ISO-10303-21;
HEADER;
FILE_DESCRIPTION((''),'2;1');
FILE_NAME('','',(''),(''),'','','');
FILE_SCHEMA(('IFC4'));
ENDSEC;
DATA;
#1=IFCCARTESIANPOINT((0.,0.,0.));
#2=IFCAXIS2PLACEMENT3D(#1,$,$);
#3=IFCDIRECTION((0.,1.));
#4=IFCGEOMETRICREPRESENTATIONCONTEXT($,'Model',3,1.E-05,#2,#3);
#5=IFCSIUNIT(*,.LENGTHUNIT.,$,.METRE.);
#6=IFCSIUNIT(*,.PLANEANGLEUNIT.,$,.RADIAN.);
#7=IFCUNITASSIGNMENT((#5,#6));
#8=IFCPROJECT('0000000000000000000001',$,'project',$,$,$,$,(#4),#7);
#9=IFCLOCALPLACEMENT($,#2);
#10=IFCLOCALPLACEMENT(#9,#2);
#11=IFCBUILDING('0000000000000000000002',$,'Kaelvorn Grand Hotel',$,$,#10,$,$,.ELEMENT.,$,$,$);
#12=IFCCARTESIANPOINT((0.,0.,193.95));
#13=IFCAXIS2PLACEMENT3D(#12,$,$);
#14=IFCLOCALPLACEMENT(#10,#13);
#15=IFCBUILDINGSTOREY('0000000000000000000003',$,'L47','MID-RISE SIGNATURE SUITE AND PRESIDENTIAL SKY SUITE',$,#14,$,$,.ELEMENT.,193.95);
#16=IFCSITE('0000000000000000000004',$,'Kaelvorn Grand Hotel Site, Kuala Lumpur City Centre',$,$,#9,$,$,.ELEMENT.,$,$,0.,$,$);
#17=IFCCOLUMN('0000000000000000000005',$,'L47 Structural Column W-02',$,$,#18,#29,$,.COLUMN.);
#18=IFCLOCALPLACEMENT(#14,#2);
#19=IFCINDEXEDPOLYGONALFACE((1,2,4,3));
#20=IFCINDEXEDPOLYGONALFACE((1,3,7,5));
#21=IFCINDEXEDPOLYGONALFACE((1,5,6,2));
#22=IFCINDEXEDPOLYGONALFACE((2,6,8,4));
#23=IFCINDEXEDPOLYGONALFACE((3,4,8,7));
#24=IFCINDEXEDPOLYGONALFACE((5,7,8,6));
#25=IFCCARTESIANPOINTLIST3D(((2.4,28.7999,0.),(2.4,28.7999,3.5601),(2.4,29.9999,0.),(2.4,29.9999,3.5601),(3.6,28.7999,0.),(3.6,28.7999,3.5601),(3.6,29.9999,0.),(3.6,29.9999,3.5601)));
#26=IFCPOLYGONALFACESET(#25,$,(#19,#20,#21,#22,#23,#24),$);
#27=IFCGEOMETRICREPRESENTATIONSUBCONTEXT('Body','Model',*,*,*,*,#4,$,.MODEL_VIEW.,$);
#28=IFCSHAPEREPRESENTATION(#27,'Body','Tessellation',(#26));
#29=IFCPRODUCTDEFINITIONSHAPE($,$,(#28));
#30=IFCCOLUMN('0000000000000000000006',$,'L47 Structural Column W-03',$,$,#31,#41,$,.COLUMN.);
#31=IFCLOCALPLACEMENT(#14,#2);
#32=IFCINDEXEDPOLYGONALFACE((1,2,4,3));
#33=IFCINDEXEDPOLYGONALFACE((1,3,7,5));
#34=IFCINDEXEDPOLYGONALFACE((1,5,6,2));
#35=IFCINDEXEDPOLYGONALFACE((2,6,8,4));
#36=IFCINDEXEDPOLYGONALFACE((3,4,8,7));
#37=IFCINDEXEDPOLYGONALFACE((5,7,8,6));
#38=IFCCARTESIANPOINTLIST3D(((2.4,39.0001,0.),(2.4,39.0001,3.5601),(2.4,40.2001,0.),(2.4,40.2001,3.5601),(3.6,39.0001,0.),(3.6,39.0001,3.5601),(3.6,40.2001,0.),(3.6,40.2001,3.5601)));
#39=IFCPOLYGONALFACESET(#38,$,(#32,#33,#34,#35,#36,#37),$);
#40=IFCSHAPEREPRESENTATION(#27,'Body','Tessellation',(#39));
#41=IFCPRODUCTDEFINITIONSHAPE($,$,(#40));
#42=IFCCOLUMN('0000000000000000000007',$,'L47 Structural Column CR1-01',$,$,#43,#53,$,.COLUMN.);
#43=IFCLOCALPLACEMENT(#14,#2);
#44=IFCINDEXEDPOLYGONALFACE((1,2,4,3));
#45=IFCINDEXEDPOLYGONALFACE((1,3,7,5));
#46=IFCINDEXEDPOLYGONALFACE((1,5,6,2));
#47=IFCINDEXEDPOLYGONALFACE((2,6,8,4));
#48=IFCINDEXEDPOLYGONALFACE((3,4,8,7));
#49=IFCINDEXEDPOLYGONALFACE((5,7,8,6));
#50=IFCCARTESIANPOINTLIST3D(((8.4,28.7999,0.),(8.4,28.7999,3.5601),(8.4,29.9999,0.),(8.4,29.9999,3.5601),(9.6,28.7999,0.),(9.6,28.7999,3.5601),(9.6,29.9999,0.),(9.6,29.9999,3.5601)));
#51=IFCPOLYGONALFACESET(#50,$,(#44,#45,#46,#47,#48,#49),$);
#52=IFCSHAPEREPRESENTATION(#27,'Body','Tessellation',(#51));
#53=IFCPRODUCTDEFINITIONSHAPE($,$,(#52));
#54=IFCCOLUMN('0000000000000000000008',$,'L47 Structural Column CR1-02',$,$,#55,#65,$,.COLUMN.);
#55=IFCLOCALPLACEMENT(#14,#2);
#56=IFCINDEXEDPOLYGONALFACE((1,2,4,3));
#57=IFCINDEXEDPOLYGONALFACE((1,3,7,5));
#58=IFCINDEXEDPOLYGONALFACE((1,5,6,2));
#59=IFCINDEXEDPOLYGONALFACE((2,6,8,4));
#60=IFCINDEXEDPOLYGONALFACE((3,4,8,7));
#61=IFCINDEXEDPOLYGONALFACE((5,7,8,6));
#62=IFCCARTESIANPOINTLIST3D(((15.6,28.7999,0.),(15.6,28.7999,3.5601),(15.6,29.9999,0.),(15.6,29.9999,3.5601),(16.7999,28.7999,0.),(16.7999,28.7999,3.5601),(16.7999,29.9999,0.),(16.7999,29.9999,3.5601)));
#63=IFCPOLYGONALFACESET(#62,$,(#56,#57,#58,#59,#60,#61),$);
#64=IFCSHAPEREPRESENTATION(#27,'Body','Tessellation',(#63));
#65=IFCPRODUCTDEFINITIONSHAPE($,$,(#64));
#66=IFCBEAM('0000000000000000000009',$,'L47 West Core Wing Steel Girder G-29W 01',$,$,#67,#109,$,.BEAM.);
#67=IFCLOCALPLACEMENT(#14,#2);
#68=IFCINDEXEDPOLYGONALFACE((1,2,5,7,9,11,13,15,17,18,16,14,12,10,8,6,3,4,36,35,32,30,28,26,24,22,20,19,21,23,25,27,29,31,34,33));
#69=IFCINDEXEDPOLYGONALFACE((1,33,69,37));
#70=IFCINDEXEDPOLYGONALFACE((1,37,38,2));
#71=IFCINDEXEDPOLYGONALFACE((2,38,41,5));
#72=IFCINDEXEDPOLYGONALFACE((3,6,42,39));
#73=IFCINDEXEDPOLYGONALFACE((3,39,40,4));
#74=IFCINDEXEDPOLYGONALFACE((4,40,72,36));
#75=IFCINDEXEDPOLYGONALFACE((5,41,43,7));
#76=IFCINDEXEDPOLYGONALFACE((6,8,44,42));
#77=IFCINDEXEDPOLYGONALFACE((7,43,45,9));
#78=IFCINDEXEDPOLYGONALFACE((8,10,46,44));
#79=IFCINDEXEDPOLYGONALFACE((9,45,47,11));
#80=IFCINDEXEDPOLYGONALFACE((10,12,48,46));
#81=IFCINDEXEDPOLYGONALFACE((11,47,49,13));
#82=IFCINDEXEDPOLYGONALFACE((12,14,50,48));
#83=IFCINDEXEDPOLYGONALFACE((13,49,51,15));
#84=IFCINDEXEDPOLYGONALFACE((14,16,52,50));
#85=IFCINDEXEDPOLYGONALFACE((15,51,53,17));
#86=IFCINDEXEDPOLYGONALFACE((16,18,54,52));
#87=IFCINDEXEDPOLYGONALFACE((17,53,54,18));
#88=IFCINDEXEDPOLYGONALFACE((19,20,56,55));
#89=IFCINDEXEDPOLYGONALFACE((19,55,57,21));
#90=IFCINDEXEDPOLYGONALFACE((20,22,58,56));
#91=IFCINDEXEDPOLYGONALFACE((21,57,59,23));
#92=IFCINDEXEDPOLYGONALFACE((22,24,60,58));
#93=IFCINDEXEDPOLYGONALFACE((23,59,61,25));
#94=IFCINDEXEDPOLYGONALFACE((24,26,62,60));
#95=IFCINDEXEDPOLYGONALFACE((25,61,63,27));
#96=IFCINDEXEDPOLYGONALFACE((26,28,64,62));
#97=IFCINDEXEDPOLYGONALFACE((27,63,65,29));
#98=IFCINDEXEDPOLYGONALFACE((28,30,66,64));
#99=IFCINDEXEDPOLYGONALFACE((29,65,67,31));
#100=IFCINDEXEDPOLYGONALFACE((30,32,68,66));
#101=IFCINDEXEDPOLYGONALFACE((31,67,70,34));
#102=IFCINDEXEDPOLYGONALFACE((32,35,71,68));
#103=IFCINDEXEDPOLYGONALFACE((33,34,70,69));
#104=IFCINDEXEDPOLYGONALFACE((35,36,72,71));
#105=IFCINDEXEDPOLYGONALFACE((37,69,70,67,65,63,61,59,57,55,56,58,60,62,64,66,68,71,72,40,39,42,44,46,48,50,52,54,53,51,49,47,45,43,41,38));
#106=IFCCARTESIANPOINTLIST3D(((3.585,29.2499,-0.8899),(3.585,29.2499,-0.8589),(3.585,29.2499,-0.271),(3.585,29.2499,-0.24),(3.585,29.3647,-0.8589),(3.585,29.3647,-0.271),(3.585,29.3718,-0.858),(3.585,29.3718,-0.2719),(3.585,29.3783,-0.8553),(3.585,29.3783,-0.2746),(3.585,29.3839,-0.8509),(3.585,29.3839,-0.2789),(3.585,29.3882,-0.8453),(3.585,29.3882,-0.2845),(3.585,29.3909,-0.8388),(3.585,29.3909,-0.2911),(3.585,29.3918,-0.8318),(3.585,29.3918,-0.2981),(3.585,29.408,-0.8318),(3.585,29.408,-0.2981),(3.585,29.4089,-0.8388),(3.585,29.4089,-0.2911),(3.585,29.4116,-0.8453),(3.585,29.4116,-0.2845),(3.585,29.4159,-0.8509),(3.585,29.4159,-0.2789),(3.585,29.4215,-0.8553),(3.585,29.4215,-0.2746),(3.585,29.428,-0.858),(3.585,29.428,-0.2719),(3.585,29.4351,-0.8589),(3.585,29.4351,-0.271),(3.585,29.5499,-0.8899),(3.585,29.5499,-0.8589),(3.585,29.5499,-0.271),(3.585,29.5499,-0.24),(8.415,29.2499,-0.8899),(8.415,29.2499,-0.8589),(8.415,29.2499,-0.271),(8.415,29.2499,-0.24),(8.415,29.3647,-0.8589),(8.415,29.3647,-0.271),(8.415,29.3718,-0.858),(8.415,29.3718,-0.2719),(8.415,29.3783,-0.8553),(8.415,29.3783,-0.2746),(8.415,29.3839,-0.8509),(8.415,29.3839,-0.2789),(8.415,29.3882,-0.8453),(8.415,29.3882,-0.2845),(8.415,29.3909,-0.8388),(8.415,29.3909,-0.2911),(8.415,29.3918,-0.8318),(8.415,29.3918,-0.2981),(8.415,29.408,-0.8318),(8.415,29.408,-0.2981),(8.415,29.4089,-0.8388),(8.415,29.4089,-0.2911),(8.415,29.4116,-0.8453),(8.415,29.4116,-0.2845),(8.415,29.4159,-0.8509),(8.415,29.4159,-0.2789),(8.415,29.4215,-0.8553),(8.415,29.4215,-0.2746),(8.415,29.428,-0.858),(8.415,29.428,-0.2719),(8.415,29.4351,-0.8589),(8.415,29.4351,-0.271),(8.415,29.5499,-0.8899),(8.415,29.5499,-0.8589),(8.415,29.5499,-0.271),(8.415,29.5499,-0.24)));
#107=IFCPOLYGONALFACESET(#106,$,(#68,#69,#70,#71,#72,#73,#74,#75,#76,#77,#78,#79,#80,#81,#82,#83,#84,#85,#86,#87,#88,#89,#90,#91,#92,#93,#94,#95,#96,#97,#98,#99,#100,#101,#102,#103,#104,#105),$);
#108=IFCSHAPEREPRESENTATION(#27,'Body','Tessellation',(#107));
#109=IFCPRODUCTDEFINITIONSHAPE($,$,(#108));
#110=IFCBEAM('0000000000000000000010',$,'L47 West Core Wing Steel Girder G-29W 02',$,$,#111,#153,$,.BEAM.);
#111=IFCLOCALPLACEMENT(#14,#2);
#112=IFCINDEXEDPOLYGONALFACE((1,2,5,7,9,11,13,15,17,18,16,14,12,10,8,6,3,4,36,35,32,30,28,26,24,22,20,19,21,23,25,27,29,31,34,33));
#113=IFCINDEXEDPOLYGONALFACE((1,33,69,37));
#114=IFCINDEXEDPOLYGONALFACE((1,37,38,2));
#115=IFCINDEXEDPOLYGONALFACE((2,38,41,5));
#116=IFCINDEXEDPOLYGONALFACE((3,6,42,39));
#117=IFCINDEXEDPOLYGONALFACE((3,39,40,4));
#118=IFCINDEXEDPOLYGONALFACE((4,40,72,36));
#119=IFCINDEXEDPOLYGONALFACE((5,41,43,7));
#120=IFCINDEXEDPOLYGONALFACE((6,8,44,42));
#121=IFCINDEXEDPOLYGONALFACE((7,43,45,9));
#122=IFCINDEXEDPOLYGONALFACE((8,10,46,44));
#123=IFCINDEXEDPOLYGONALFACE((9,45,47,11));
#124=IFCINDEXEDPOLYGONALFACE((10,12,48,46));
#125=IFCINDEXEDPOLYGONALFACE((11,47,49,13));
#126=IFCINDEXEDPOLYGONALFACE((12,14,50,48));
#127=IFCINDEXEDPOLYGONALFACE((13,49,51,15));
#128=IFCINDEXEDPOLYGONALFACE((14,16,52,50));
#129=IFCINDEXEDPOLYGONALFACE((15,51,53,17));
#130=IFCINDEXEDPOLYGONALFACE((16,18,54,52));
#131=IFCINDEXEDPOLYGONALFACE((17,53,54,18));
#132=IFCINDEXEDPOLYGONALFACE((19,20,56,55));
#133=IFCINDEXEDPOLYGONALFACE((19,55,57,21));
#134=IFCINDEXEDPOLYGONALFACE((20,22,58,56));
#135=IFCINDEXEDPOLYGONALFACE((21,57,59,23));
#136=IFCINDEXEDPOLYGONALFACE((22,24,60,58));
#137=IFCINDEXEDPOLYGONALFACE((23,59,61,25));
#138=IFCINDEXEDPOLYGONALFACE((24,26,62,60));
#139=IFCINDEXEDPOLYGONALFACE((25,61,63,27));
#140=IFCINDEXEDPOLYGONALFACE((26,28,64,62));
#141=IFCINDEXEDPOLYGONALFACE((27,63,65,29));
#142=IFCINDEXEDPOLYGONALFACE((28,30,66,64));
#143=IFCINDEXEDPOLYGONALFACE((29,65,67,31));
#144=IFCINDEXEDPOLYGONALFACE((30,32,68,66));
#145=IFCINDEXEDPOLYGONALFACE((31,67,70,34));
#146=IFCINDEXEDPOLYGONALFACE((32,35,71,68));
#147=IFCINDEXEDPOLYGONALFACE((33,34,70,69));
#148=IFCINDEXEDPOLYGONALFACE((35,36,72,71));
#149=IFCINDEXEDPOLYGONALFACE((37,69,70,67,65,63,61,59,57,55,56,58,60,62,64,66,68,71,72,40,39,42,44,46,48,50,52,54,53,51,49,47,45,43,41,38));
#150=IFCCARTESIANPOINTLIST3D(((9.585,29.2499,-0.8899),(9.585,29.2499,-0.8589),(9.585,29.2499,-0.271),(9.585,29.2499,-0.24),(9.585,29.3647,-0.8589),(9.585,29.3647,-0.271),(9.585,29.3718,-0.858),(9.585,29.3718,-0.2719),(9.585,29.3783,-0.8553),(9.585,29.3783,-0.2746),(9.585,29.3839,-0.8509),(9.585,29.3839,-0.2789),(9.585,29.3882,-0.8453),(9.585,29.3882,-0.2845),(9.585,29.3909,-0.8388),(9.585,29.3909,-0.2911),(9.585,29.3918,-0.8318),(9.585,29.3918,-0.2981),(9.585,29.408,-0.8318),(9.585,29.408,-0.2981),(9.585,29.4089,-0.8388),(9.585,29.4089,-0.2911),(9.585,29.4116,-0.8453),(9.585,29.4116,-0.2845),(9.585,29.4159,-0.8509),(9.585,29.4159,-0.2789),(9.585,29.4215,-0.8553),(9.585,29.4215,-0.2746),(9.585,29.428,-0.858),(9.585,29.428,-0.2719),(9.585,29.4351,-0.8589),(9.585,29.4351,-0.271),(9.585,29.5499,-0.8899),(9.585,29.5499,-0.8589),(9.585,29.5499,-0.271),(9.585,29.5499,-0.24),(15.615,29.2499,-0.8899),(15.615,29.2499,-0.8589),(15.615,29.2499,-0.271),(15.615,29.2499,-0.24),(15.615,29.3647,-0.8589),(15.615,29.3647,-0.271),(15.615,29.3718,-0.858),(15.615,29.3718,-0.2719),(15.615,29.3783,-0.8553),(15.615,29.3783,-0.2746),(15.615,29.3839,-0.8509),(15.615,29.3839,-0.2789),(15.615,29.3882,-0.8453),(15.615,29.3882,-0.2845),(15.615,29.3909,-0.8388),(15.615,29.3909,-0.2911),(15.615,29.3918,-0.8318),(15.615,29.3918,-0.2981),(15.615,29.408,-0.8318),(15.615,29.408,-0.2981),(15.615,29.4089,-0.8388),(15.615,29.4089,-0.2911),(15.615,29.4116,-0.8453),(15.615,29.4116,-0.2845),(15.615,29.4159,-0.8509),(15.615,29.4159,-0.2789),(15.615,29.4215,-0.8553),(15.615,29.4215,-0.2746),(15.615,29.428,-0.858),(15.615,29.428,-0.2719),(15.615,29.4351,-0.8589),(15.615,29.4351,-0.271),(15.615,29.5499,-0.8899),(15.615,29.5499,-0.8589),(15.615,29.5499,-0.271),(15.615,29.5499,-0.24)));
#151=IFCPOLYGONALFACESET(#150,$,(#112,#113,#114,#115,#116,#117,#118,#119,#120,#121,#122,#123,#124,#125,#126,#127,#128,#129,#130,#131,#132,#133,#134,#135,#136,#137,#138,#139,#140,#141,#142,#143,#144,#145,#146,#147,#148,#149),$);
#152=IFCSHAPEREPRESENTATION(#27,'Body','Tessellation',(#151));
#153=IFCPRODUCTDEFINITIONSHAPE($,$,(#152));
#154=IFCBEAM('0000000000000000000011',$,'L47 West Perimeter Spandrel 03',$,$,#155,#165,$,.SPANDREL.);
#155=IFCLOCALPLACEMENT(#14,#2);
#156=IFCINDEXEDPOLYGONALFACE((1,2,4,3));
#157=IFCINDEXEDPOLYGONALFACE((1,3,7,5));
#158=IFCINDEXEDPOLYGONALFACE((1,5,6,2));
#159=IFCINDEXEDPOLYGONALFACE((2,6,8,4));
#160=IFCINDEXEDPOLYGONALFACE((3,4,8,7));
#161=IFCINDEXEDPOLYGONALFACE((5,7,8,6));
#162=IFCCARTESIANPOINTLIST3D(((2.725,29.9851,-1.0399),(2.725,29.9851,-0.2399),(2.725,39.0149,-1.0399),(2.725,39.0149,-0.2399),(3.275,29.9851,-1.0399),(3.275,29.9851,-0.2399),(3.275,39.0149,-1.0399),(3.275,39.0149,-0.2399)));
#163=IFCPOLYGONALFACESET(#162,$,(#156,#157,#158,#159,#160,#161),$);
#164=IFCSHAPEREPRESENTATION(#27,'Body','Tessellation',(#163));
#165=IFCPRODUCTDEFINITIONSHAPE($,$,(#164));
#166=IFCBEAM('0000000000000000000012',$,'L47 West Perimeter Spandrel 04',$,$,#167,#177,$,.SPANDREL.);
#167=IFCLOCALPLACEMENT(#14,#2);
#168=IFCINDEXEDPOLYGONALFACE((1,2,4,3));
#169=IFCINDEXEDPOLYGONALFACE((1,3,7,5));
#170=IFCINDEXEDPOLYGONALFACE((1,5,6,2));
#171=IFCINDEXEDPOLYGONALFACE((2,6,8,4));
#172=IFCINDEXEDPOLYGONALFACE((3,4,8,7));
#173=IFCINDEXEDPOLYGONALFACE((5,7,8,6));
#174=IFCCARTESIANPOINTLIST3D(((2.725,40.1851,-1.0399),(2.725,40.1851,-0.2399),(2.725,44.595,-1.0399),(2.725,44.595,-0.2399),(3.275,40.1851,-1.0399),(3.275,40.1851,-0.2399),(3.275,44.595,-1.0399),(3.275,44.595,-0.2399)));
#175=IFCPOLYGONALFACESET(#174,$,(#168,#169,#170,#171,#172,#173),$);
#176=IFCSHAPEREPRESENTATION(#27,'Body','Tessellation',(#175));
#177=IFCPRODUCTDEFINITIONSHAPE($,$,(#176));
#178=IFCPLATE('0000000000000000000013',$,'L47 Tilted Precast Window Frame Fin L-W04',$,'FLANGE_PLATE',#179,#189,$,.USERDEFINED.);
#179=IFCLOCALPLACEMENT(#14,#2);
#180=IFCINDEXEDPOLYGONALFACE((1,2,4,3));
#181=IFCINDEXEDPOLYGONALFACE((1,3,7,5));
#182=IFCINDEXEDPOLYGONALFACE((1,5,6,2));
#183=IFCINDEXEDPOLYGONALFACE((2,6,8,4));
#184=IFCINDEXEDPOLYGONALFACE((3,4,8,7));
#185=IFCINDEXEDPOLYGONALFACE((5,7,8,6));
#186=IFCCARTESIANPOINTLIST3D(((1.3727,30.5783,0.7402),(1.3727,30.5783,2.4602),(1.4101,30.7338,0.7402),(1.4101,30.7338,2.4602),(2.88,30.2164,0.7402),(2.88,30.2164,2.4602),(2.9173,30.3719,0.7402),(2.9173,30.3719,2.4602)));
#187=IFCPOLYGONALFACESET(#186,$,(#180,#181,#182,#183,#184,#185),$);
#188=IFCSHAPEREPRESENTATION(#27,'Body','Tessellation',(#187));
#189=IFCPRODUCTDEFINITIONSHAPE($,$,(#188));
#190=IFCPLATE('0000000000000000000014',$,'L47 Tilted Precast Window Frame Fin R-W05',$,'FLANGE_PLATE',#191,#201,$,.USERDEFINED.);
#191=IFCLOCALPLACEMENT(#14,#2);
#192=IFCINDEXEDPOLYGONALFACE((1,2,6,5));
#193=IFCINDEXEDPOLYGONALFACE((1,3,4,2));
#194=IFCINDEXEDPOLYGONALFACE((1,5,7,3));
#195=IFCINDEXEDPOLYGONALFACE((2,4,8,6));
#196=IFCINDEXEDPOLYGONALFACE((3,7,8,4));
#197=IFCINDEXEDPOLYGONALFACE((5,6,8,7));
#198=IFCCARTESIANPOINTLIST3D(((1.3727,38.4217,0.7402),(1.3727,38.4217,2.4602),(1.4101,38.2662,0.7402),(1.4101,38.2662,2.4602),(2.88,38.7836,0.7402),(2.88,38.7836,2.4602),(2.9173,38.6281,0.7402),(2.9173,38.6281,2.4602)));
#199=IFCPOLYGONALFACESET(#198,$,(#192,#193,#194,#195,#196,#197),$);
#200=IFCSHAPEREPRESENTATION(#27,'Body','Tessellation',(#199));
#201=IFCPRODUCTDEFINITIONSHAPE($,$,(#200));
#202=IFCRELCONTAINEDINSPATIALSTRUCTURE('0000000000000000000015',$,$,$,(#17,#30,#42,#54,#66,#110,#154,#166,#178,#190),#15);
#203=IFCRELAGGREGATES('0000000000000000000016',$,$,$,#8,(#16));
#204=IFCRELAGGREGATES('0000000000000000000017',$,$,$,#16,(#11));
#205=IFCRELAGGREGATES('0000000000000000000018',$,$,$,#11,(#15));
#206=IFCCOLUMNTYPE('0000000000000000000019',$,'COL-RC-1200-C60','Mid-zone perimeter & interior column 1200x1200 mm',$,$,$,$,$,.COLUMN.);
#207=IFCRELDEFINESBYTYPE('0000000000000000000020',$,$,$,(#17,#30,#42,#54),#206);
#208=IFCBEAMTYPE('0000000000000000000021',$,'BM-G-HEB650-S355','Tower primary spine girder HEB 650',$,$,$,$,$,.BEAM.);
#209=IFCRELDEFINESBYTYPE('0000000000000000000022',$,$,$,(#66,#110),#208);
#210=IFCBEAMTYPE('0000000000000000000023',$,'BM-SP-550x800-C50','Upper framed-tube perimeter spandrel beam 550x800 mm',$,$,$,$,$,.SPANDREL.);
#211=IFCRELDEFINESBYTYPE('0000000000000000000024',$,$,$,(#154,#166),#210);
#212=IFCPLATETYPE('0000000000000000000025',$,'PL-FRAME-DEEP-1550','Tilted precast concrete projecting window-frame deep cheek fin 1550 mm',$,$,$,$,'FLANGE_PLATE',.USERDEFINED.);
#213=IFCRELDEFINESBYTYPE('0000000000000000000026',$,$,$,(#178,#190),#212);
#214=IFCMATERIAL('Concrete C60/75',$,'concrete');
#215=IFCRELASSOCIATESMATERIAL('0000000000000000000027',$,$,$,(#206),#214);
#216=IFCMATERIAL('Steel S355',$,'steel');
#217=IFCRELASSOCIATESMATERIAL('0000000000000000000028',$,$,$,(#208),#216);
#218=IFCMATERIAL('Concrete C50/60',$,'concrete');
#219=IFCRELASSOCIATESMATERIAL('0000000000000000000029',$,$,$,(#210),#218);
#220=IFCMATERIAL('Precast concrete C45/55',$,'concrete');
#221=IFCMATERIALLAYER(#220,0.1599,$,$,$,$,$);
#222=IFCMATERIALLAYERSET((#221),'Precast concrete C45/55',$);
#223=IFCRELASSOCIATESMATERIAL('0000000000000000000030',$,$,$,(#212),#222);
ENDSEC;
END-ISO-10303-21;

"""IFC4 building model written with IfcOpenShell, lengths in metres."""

from ifc_helpers import new_model, si_unit, direction, frame, origin, origin_2d, place, context, subcontext, project, spatial, rectangle, i_section, extrude, material, layer, layer_set, material_profile, profile_set, type_object, element, save


model = new_model("IFC4")

# Units and contexts
model_context = context("Model", 3, precision=1e-05, world=origin(), true_north=direction((0.0, 1.0)))
body_context = subcontext(model_context, "Body", "Model", "MODEL_VIEW")
ifc_project = project(units=[si_unit("LENGTHUNIT", "METRE"), si_unit("PLANEANGLEUNIT", "RADIAN")], contexts=[model_context])

# Site, building, storey
site_placement = place(None, origin())
site = spatial("IfcSite", under=ifc_project, at=site_placement, Name="Kaelvorn Grand Hotel Site, Kuala Lumpur City Centre", CompositionType="ELEMENT", RefElevation=0.0)
building_placement = place(site_placement, origin())
building = spatial("IfcBuilding", under=site, at=building_placement, Name="Kaelvorn Grand Hotel", CompositionType="ELEMENT")
storey_placement = place(building_placement, frame((0.0, 0.0, 193.95)))
storey = spatial("IfcBuildingStorey", under=building, at=storey_placement, Name="L47", Description="MID-RISE SIGNATURE SUITE AND PRESIDENTIAL SKY SUITE", CompositionType="ELEMENT", Elevation=193.95)

# Columns
ifc_material_1 = material(Name="Concrete C60/75", Category="concrete")
ifc_material_profile_1 = material_profile(ifc_material_1, rectangle(XDim=1.2, YDim=1.2, at=origin_2d()), Name="RC COL 1200x1200")
ifc_profile_set_1 = profile_set([ifc_material_profile_1], Name="Concrete C60/75")
column_type = type_object("IfcColumnType", Name="COL-RC-1200-C60", Description="Mid-zone perimeter & interior column 1200x1200 mm", PredefinedType="COLUMN", material=ifc_profile_set_1)
for number, where, z_axis, x_axis, name in (
    (1, (3.0, 29.3999, 0.0), (0.0, 0.0, 1.0), (1.0, 0.0, 0.0), "L47 Structural Column W-02"),
    (2, (3.0, 39.6001, 0.0), (0.0, 0.0, 1.0), (1.0, 0.0, 0.0), "L47 Structural Column W-03"),
    (3, (9.0, 29.3999, 0.0), (0.0, 0.0, 1.0), (1.0, 0.0, 0.0), "L47 Structural Column CR1-01"),
    (4, (16.2, 29.3999, 0.0), (0.0, 0.0, 1.0), (1.0, 0.0, 0.0), "L47 Structural Column CR1-02"),
):
    element("IfcColumn", number, at=place(storey_placement, frame(where, z_axis=z_axis, x_axis=x_axis)), inside=storey, type_object=column_type, Name=name, PredefinedType="COLUMN", context=body_context, shape_type="SweptSolid", body=[
        extrude(rectangle(XDim=1.2, YDim=1.2, at=origin_2d()), origin(), (0.0, 0.0, 1.0), 3.5601),
    ])

# Beams
ifc_material_2 = material(Name="Steel S355", Category="steel")
ifc_material_profile_2 = material_profile(ifc_material_2, i_section(OverallWidth=0.3, OverallDepth=0.6499, WebThickness=0.0161, FlangeThickness=0.031, FilletRadius=0.0271, at=origin_2d()), Name="HEB 650")
ifc_profile_set_2 = profile_set([ifc_material_profile_2], Name="Steel S355")
beam_type_1 = type_object("IfcBeamType", Name="BM-G-HEB650-S355", Description="Tower primary spine girder HEB 650", PredefinedType="BEAM", material=ifc_profile_set_2)
beam_1_placement = place(storey_placement, frame((3.585, 29.3999, -0.5649), z_axis=(1.0, 0.0, 0.0), x_axis=(0.0, 1.0, 0.0)))
element("IfcBeam", 5, at=beam_1_placement, inside=storey, type_object=beam_type_1, Name="L47 West Core Wing Steel Girder G-29W 01", PredefinedType="BEAM", context=body_context, shape_type="SweptSolid", body=[
    extrude(i_section(OverallWidth=0.3, OverallDepth=0.6499, WebThickness=0.0161, FlangeThickness=0.031, FilletRadius=0.0271, at=origin_2d()), origin(), (0.0, 0.0, 1.0), 4.8301),
])
beam_2_placement = place(storey_placement, frame((9.585, 29.3999, -0.5649), z_axis=(1.0, 0.0, 0.0), x_axis=(0.0, 1.0, 0.0)))
element("IfcBeam", 6, at=beam_2_placement, inside=storey, type_object=beam_type_1, Name="L47 West Core Wing Steel Girder G-29W 02", PredefinedType="BEAM", context=body_context, shape_type="SweptSolid", body=[
    extrude(i_section(OverallWidth=0.3, OverallDepth=0.6499, WebThickness=0.0161, FlangeThickness=0.031, FilletRadius=0.0271, at=origin_2d()), origin(), (0.0, 0.0, 1.0), 6.03),
])
ifc_material_3 = material(Name="Concrete C50/60", Category="concrete")
ifc_material_profile_3 = material_profile(ifc_material_3, rectangle(XDim=0.55, YDim=0.8, at=origin_2d()), Name="RC SPANDREL 550x800")
ifc_profile_set_3 = profile_set([ifc_material_profile_3], Name="Concrete C50/60")
beam_type_2 = type_object("IfcBeamType", Name="BM-SP-550x800-C50", Description="Upper framed-tube perimeter spandrel beam 550x800 mm", PredefinedType="SPANDREL", material=ifc_profile_set_3)
beam_3_placement = place(storey_placement, frame((3.0, 29.9851, -0.6399), z_axis=(0.0, 1.0, 0.0), x_axis=(-1.0, 0.0, 0.0)))
element("IfcBeam", 7, at=beam_3_placement, inside=storey, type_object=beam_type_2, Name="L47 West Perimeter Spandrel 03", PredefinedType="SPANDREL", context=body_context, shape_type="SweptSolid", body=[
    extrude(rectangle(XDim=0.55, YDim=0.8, at=origin_2d()), origin(), (0.0, 0.0, 1.0), 9.0298),
])
beam_4_placement = place(storey_placement, frame((3.0, 40.1851, -0.6399), z_axis=(0.0, 1.0, 0.0), x_axis=(-1.0, 0.0, 0.0)))
element("IfcBeam", 8, at=beam_4_placement, inside=storey, type_object=beam_type_2, Name="L47 West Perimeter Spandrel 04", PredefinedType="SPANDREL", context=body_context, shape_type="SweptSolid", body=[
    extrude(rectangle(XDim=0.55, YDim=0.8, at=origin_2d()), origin(), (0.0, 0.0, 1.0), 4.4099),
])

# Plates
ifc_material_4 = material(Name="Precast concrete C45/55", Category="concrete")
ifc_layer_1 = layer(ifc_material_4, 0.1599)
ifc_layer_set_1 = layer_set([ifc_layer_1], Name="Precast concrete C45/55")
plate_type_1 = type_object("IfcPlateType", Name="PL-FRAME-DEEP-1550", Description="Tilted precast concrete projecting window-frame deep cheek fin 1550 mm", ElementType="FLANGE_PLATE", PredefinedType="USERDEFINED", material=ifc_layer_set_1)
for number, where, z_axis, x_axis, name in (
    (9, (2.145, 30.4751, 0.7402), (0.0, 0.0, 1.0), (0.233445, 0.97237, 0.0), "L47 Tilted Precast Window Frame Fin L-W04"),
    (10, (2.145, 38.5249, 0.7402), (0.0, 0.0, 1.0), (-0.233445, 0.97237, 0.0), "L47 Tilted Precast Window Frame Fin R-W05"),
):
    element("IfcPlate", number, at=place(storey_placement, frame(where, z_axis=z_axis, x_axis=x_axis)), inside=storey, type_object=plate_type_1, Name=name, ObjectType="FLANGE_PLATE", PredefinedType="USERDEFINED", context=body_context, shape_type="SweptSolid", body=[
        extrude(rectangle(XDim=0.1599, YDim=1.55, at=origin_2d()), origin(), (0.0, 0.0, 1.0), 1.72),
    ])

save(model, "model.ifc")
